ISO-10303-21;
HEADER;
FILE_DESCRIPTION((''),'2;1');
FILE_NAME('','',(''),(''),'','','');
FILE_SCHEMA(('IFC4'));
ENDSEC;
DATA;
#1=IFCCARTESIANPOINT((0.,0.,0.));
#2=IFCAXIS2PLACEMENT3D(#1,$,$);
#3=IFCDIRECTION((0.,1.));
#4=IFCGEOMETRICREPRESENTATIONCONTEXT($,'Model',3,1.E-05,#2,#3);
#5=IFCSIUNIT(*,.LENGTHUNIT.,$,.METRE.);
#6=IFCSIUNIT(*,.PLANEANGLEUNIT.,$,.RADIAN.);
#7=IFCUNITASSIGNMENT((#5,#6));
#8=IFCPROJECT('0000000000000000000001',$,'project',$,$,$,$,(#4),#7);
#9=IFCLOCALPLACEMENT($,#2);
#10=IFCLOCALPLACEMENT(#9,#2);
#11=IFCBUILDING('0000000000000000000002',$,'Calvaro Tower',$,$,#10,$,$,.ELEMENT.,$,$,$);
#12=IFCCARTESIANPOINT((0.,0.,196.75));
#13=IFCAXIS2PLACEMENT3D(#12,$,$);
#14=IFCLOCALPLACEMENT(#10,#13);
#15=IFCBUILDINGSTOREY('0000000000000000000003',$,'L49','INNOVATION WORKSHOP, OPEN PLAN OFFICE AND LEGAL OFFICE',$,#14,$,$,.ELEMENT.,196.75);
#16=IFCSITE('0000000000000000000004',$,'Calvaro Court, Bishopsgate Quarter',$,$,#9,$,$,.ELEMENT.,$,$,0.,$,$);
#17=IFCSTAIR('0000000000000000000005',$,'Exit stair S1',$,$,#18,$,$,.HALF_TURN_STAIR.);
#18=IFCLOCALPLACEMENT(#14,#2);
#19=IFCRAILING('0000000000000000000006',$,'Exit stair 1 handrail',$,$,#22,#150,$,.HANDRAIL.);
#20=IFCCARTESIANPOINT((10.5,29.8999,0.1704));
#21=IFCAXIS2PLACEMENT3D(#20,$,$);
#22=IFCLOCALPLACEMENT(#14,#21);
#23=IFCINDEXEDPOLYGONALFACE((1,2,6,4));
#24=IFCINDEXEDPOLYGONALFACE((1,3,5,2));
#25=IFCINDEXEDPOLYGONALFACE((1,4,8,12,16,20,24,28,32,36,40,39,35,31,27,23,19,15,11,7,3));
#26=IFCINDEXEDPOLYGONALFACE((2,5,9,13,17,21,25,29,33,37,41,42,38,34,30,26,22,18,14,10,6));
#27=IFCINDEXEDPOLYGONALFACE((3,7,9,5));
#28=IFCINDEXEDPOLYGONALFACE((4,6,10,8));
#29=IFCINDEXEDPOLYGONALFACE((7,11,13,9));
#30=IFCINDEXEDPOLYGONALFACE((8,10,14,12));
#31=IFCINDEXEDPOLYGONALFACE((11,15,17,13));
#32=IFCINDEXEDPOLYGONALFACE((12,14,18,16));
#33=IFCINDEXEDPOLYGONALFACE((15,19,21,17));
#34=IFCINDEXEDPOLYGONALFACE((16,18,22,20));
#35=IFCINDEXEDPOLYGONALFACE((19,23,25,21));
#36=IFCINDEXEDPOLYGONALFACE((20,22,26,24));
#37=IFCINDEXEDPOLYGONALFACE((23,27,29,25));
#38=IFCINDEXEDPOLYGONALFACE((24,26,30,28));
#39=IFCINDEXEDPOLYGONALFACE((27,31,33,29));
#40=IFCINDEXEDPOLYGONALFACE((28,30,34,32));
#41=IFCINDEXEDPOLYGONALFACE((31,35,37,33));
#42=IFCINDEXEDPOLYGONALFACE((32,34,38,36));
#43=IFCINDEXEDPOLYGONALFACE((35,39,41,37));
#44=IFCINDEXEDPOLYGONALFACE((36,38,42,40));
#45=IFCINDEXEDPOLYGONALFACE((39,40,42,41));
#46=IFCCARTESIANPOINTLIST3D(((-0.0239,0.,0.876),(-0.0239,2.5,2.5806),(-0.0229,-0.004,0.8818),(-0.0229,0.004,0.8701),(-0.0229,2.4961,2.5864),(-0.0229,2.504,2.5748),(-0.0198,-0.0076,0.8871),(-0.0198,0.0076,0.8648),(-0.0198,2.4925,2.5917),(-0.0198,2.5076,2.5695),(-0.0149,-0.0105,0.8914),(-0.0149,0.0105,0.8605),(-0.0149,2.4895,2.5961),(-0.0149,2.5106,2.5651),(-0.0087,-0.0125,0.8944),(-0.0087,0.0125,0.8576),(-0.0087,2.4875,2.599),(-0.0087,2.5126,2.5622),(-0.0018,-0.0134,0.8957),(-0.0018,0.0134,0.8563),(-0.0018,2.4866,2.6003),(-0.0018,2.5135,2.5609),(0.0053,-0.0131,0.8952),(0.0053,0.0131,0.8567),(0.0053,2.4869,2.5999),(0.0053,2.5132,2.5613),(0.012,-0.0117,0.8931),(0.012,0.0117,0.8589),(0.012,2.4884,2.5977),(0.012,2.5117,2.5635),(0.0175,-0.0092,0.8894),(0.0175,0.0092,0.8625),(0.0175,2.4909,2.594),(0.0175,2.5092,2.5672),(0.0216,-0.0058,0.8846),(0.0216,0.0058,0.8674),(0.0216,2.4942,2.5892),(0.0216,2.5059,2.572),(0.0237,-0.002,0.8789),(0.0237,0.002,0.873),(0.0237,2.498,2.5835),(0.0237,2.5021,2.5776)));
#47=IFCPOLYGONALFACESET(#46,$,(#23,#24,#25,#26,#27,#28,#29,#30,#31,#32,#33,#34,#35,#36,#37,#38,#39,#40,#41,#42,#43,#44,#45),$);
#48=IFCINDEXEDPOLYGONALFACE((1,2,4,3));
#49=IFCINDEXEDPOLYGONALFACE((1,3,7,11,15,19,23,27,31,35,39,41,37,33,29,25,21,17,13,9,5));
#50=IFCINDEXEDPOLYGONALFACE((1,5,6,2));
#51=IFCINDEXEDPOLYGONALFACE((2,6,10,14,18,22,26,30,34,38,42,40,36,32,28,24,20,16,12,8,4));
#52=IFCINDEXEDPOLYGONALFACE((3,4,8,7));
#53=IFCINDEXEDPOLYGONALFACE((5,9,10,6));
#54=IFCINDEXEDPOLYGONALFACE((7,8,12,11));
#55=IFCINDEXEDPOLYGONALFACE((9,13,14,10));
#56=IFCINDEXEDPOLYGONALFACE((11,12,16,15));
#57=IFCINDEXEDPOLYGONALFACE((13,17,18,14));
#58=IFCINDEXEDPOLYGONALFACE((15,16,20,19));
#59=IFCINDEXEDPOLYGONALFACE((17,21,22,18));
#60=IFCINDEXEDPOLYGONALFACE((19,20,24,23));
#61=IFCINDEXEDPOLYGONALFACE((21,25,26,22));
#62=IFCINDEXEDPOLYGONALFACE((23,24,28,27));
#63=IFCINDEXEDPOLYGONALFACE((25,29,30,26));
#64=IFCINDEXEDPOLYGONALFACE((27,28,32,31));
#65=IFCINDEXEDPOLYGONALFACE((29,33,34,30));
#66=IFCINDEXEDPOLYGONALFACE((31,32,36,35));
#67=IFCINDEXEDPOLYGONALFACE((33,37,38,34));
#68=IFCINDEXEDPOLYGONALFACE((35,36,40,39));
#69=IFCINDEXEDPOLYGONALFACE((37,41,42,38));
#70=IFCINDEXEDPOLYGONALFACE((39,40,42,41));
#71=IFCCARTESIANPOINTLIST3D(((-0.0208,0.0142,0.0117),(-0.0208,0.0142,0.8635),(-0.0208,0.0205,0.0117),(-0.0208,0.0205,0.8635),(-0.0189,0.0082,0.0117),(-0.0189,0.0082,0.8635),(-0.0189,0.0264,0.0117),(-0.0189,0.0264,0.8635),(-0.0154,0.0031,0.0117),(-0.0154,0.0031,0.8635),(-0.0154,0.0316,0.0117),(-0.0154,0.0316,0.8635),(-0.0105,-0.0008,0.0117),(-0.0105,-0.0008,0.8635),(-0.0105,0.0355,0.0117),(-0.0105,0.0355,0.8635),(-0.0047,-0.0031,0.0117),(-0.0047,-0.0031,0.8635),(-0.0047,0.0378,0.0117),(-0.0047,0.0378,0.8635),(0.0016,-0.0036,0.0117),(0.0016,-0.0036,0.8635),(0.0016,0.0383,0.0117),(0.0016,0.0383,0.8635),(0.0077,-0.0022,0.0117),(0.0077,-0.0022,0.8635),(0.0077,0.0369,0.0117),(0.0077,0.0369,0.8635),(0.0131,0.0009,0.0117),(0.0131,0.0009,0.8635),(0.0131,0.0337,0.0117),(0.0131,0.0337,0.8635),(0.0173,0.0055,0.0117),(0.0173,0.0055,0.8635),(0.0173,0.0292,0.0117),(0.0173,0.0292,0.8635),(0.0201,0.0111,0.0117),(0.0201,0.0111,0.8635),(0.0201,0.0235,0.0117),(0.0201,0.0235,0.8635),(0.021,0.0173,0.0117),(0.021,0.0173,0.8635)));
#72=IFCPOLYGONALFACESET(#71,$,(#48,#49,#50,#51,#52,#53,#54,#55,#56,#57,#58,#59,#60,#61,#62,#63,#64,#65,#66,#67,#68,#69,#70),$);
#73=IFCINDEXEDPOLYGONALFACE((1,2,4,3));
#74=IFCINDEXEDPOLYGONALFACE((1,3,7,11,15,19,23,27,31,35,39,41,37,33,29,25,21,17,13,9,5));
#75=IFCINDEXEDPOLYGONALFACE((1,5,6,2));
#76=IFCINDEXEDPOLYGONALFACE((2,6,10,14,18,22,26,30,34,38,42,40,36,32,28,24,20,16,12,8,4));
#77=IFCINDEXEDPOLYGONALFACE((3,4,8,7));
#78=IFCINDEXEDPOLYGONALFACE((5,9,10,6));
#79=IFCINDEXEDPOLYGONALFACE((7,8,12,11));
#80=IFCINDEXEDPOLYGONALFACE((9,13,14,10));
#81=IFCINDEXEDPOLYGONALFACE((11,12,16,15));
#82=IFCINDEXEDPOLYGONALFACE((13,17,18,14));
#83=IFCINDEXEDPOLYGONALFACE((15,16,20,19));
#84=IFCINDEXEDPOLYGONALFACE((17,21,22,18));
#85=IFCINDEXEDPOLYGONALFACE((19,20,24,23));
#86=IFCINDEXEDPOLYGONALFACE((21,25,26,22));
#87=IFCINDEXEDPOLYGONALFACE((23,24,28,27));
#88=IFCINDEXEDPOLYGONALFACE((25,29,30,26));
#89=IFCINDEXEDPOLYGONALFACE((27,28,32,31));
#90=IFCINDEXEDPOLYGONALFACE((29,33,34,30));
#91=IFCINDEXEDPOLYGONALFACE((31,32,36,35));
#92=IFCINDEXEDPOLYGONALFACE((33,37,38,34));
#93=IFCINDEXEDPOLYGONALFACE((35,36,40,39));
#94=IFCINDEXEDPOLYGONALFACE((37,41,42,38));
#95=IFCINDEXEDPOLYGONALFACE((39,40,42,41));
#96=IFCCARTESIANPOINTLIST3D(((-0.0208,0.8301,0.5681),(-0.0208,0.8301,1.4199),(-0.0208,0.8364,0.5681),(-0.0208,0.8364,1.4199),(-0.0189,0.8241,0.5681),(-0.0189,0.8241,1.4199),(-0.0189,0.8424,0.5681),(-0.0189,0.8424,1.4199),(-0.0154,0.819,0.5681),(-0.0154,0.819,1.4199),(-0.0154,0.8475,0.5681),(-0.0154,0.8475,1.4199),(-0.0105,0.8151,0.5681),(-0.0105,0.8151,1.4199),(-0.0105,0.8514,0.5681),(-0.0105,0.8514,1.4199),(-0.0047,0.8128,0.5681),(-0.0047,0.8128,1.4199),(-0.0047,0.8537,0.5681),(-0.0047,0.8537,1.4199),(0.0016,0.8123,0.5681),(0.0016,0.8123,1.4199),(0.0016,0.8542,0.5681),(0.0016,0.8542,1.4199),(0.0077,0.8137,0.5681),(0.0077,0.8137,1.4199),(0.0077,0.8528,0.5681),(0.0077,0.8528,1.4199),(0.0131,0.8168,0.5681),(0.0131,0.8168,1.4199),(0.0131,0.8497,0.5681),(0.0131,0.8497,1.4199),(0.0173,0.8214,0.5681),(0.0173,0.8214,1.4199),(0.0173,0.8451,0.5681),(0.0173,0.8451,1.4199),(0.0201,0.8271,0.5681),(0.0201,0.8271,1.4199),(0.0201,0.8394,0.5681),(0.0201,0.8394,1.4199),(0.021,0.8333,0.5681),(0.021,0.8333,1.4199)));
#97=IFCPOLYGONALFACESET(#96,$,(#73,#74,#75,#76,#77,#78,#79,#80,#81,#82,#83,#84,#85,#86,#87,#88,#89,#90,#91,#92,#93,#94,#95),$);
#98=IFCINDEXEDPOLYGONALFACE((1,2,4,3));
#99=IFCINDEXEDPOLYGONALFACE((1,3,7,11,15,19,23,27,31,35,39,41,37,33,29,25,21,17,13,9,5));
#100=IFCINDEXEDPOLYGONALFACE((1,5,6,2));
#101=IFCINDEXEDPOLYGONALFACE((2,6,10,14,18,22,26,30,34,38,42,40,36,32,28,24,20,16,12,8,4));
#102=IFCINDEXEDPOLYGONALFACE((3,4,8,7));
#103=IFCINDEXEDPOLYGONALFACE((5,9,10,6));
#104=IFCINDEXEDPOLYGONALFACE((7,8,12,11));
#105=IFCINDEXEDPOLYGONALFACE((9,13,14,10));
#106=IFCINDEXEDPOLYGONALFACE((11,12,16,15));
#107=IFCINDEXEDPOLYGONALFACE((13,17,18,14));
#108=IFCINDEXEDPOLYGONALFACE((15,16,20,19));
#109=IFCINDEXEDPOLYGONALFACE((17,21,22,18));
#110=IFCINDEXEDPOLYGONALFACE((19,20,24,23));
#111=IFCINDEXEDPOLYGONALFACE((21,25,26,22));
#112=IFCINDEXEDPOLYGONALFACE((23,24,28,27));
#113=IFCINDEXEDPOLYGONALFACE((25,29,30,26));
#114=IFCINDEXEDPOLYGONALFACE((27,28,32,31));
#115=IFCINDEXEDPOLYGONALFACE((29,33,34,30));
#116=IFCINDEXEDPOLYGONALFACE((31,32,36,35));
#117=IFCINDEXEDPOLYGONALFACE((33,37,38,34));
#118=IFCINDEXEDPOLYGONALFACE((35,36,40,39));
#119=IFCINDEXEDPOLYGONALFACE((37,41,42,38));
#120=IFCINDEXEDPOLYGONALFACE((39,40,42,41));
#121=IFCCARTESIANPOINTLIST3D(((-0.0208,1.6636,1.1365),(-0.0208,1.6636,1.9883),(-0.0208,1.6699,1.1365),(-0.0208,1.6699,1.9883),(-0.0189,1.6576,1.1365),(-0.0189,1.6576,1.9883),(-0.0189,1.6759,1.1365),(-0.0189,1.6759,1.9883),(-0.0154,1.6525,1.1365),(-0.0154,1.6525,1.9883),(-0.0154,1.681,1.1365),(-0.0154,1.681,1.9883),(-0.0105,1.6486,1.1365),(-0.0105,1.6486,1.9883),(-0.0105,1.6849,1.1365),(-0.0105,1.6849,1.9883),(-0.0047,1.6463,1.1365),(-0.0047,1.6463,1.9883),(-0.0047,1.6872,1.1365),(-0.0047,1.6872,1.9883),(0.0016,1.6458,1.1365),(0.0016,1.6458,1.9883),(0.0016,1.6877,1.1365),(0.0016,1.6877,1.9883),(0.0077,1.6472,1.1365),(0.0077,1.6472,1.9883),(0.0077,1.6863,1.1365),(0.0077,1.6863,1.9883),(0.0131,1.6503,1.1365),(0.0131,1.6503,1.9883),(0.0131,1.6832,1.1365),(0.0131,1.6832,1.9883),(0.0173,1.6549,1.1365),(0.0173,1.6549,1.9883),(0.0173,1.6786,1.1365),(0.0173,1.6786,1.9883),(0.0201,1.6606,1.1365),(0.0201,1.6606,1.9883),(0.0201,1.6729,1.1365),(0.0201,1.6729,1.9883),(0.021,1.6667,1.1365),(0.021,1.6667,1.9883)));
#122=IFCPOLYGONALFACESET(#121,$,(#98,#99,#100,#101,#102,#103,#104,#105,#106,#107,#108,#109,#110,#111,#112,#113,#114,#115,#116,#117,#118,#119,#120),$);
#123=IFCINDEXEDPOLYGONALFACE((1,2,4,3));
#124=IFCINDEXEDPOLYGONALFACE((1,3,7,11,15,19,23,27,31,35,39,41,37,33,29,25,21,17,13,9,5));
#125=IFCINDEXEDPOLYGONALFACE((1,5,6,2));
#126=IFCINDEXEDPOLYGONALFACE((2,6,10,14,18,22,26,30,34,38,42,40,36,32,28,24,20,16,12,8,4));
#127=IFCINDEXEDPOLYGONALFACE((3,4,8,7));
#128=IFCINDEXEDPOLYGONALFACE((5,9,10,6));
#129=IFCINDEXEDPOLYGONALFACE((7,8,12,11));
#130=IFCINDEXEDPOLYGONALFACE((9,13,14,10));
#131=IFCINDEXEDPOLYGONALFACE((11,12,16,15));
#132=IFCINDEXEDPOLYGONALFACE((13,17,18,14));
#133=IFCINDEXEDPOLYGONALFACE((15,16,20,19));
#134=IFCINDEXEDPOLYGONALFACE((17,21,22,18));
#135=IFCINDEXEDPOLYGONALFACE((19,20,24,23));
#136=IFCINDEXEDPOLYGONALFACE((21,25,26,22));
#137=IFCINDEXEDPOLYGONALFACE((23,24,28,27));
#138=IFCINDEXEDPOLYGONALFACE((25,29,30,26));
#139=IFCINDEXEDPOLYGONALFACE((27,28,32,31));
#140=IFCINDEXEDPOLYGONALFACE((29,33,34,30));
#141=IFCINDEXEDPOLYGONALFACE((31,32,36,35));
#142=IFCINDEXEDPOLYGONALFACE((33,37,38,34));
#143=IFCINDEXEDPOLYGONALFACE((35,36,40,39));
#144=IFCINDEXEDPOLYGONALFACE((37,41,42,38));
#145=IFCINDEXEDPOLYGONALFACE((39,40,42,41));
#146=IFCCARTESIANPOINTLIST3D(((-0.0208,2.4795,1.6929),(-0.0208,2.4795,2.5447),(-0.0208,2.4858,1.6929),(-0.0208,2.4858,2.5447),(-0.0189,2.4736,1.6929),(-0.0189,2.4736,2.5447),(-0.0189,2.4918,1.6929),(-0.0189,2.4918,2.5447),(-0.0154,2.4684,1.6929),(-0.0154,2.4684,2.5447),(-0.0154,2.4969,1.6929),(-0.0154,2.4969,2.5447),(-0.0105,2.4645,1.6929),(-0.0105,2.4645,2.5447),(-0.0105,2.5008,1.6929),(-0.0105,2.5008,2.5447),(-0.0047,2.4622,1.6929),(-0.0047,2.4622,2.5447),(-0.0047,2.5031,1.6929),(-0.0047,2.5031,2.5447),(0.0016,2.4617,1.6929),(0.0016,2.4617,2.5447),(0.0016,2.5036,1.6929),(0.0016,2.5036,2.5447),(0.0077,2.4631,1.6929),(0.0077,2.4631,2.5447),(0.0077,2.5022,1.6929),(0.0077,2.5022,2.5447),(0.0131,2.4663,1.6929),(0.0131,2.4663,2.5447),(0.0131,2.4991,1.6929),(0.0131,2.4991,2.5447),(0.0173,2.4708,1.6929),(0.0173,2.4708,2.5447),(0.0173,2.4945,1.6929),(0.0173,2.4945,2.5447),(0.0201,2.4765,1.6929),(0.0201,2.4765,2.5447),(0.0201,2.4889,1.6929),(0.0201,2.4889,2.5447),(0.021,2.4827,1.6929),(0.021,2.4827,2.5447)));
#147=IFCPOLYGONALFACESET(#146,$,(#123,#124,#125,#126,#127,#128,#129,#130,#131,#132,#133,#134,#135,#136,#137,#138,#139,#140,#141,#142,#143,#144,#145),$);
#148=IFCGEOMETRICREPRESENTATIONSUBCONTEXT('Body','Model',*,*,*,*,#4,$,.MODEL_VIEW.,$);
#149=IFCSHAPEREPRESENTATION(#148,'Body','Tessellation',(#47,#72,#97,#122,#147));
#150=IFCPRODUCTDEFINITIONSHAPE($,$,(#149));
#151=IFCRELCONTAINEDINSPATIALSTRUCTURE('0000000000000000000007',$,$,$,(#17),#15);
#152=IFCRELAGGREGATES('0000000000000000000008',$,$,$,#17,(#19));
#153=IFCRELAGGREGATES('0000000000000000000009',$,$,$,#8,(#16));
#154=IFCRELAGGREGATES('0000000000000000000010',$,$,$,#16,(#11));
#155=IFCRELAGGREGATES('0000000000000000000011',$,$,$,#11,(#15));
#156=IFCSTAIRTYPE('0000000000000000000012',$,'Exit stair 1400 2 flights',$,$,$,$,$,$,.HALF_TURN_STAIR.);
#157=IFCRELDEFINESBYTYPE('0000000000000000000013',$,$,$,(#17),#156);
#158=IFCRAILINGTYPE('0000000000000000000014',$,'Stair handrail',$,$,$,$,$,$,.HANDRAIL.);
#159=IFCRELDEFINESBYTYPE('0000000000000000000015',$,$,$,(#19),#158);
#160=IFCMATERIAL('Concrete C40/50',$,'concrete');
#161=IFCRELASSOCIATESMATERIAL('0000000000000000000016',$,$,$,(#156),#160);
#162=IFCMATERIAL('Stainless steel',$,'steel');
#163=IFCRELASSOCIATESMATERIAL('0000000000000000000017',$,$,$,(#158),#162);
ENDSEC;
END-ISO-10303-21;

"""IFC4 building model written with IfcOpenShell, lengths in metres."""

from ifc_helpers import new_model, si_unit, direction, frame, origin, origin_2d, place, context, subcontext, project, spatial, circle, extrude, material, type_object, element, aggregate, save


model = new_model("IFC4")

# Units and contexts
model_context = context("Model", 3, precision=1e-05, world=origin(), true_north=direction((0.0, 1.0)))
body_context = subcontext(model_context, "Body", "Model", "MODEL_VIEW")
ifc_project = project(units=[si_unit("LENGTHUNIT", "METRE"), si_unit("PLANEANGLEUNIT", "RADIAN")], contexts=[model_context])

# Site, building, storey
site_placement = place(None, origin())
site = spatial("IfcSite", under=ifc_project, at=site_placement, Name="Calvaro Court, Bishopsgate Quarter", CompositionType="ELEMENT", RefElevation=0.0)
building_placement = place(site_placement, origin())
building = spatial("IfcBuilding", under=site, at=building_placement, Name="Calvaro Tower", CompositionType="ELEMENT")
storey_placement = place(building_placement, frame((0.0, 0.0, 196.75)))
storey = spatial("IfcBuildingStorey", under=building, at=storey_placement, Name="L49", Description="INNOVATION WORKSHOP, OPEN PLAN OFFICE AND LEGAL OFFICE", CompositionType="ELEMENT", Elevation=196.75)

# Stair, railing
ifc_material_1 = material(Name="Concrete C40/50", Category="concrete")
stair_type = type_object("IfcStairType", Name="Exit stair 1400 2 flights", PredefinedType="HALF_TURN_STAIR", material=ifc_material_1)
stair_placement = place(storey_placement, origin())
stair = element("IfcStair", 1, at=stair_placement, inside=storey, type_object=stair_type, Name="Exit stair S1", PredefinedType="HALF_TURN_STAIR")
ifc_material_2 = material(Name="Stainless steel", Category="steel")
railing_type = type_object("IfcRailingType", Name="Stair handrail", PredefinedType="HANDRAIL", material=ifc_material_2)
railing_1_placement = place(storey_placement, frame((10.5, 29.8999, 0.1704)))
railing_1 = element("IfcRailing", 2, at=railing_1_placement, type_object=railing_type, Name="Exit stair 1 handrail", PredefinedType="HANDRAIL", context=body_context, shape_type="SweptSolid", body=[
    extrude(circle(Radius=0.0239, at=origin_2d()), frame((0.0, 0.0, 0.876), z_axis=(0.0, 0.826221, 0.563347), x_axis=(-1.0, 0.0, 0.0)), (0.0, 0.0, 1.0), 3.0259),
    extrude(circle(Radius=0.021, at=origin_2d()), frame((0.0, 0.0173, 0.0117)), (0.0, 0.0, 1.0), 0.8518),
    extrude(circle(Radius=0.021, at=origin_2d()), frame((0.0, 0.8333, 0.5681)), (0.0, 0.0, 1.0), 0.8518),
    extrude(circle(Radius=0.021, at=origin_2d()), frame((0.0, 1.6667, 1.1365)), (0.0, 0.0, 1.0), 0.8518),
    extrude(circle(Radius=0.021, at=origin_2d()), frame((0.0, 2.4827, 1.6929)), (0.0, 0.0, 1.0), 0.8518),
])
aggregate(stair, [railing_1])

save(model, "model.ifc")
